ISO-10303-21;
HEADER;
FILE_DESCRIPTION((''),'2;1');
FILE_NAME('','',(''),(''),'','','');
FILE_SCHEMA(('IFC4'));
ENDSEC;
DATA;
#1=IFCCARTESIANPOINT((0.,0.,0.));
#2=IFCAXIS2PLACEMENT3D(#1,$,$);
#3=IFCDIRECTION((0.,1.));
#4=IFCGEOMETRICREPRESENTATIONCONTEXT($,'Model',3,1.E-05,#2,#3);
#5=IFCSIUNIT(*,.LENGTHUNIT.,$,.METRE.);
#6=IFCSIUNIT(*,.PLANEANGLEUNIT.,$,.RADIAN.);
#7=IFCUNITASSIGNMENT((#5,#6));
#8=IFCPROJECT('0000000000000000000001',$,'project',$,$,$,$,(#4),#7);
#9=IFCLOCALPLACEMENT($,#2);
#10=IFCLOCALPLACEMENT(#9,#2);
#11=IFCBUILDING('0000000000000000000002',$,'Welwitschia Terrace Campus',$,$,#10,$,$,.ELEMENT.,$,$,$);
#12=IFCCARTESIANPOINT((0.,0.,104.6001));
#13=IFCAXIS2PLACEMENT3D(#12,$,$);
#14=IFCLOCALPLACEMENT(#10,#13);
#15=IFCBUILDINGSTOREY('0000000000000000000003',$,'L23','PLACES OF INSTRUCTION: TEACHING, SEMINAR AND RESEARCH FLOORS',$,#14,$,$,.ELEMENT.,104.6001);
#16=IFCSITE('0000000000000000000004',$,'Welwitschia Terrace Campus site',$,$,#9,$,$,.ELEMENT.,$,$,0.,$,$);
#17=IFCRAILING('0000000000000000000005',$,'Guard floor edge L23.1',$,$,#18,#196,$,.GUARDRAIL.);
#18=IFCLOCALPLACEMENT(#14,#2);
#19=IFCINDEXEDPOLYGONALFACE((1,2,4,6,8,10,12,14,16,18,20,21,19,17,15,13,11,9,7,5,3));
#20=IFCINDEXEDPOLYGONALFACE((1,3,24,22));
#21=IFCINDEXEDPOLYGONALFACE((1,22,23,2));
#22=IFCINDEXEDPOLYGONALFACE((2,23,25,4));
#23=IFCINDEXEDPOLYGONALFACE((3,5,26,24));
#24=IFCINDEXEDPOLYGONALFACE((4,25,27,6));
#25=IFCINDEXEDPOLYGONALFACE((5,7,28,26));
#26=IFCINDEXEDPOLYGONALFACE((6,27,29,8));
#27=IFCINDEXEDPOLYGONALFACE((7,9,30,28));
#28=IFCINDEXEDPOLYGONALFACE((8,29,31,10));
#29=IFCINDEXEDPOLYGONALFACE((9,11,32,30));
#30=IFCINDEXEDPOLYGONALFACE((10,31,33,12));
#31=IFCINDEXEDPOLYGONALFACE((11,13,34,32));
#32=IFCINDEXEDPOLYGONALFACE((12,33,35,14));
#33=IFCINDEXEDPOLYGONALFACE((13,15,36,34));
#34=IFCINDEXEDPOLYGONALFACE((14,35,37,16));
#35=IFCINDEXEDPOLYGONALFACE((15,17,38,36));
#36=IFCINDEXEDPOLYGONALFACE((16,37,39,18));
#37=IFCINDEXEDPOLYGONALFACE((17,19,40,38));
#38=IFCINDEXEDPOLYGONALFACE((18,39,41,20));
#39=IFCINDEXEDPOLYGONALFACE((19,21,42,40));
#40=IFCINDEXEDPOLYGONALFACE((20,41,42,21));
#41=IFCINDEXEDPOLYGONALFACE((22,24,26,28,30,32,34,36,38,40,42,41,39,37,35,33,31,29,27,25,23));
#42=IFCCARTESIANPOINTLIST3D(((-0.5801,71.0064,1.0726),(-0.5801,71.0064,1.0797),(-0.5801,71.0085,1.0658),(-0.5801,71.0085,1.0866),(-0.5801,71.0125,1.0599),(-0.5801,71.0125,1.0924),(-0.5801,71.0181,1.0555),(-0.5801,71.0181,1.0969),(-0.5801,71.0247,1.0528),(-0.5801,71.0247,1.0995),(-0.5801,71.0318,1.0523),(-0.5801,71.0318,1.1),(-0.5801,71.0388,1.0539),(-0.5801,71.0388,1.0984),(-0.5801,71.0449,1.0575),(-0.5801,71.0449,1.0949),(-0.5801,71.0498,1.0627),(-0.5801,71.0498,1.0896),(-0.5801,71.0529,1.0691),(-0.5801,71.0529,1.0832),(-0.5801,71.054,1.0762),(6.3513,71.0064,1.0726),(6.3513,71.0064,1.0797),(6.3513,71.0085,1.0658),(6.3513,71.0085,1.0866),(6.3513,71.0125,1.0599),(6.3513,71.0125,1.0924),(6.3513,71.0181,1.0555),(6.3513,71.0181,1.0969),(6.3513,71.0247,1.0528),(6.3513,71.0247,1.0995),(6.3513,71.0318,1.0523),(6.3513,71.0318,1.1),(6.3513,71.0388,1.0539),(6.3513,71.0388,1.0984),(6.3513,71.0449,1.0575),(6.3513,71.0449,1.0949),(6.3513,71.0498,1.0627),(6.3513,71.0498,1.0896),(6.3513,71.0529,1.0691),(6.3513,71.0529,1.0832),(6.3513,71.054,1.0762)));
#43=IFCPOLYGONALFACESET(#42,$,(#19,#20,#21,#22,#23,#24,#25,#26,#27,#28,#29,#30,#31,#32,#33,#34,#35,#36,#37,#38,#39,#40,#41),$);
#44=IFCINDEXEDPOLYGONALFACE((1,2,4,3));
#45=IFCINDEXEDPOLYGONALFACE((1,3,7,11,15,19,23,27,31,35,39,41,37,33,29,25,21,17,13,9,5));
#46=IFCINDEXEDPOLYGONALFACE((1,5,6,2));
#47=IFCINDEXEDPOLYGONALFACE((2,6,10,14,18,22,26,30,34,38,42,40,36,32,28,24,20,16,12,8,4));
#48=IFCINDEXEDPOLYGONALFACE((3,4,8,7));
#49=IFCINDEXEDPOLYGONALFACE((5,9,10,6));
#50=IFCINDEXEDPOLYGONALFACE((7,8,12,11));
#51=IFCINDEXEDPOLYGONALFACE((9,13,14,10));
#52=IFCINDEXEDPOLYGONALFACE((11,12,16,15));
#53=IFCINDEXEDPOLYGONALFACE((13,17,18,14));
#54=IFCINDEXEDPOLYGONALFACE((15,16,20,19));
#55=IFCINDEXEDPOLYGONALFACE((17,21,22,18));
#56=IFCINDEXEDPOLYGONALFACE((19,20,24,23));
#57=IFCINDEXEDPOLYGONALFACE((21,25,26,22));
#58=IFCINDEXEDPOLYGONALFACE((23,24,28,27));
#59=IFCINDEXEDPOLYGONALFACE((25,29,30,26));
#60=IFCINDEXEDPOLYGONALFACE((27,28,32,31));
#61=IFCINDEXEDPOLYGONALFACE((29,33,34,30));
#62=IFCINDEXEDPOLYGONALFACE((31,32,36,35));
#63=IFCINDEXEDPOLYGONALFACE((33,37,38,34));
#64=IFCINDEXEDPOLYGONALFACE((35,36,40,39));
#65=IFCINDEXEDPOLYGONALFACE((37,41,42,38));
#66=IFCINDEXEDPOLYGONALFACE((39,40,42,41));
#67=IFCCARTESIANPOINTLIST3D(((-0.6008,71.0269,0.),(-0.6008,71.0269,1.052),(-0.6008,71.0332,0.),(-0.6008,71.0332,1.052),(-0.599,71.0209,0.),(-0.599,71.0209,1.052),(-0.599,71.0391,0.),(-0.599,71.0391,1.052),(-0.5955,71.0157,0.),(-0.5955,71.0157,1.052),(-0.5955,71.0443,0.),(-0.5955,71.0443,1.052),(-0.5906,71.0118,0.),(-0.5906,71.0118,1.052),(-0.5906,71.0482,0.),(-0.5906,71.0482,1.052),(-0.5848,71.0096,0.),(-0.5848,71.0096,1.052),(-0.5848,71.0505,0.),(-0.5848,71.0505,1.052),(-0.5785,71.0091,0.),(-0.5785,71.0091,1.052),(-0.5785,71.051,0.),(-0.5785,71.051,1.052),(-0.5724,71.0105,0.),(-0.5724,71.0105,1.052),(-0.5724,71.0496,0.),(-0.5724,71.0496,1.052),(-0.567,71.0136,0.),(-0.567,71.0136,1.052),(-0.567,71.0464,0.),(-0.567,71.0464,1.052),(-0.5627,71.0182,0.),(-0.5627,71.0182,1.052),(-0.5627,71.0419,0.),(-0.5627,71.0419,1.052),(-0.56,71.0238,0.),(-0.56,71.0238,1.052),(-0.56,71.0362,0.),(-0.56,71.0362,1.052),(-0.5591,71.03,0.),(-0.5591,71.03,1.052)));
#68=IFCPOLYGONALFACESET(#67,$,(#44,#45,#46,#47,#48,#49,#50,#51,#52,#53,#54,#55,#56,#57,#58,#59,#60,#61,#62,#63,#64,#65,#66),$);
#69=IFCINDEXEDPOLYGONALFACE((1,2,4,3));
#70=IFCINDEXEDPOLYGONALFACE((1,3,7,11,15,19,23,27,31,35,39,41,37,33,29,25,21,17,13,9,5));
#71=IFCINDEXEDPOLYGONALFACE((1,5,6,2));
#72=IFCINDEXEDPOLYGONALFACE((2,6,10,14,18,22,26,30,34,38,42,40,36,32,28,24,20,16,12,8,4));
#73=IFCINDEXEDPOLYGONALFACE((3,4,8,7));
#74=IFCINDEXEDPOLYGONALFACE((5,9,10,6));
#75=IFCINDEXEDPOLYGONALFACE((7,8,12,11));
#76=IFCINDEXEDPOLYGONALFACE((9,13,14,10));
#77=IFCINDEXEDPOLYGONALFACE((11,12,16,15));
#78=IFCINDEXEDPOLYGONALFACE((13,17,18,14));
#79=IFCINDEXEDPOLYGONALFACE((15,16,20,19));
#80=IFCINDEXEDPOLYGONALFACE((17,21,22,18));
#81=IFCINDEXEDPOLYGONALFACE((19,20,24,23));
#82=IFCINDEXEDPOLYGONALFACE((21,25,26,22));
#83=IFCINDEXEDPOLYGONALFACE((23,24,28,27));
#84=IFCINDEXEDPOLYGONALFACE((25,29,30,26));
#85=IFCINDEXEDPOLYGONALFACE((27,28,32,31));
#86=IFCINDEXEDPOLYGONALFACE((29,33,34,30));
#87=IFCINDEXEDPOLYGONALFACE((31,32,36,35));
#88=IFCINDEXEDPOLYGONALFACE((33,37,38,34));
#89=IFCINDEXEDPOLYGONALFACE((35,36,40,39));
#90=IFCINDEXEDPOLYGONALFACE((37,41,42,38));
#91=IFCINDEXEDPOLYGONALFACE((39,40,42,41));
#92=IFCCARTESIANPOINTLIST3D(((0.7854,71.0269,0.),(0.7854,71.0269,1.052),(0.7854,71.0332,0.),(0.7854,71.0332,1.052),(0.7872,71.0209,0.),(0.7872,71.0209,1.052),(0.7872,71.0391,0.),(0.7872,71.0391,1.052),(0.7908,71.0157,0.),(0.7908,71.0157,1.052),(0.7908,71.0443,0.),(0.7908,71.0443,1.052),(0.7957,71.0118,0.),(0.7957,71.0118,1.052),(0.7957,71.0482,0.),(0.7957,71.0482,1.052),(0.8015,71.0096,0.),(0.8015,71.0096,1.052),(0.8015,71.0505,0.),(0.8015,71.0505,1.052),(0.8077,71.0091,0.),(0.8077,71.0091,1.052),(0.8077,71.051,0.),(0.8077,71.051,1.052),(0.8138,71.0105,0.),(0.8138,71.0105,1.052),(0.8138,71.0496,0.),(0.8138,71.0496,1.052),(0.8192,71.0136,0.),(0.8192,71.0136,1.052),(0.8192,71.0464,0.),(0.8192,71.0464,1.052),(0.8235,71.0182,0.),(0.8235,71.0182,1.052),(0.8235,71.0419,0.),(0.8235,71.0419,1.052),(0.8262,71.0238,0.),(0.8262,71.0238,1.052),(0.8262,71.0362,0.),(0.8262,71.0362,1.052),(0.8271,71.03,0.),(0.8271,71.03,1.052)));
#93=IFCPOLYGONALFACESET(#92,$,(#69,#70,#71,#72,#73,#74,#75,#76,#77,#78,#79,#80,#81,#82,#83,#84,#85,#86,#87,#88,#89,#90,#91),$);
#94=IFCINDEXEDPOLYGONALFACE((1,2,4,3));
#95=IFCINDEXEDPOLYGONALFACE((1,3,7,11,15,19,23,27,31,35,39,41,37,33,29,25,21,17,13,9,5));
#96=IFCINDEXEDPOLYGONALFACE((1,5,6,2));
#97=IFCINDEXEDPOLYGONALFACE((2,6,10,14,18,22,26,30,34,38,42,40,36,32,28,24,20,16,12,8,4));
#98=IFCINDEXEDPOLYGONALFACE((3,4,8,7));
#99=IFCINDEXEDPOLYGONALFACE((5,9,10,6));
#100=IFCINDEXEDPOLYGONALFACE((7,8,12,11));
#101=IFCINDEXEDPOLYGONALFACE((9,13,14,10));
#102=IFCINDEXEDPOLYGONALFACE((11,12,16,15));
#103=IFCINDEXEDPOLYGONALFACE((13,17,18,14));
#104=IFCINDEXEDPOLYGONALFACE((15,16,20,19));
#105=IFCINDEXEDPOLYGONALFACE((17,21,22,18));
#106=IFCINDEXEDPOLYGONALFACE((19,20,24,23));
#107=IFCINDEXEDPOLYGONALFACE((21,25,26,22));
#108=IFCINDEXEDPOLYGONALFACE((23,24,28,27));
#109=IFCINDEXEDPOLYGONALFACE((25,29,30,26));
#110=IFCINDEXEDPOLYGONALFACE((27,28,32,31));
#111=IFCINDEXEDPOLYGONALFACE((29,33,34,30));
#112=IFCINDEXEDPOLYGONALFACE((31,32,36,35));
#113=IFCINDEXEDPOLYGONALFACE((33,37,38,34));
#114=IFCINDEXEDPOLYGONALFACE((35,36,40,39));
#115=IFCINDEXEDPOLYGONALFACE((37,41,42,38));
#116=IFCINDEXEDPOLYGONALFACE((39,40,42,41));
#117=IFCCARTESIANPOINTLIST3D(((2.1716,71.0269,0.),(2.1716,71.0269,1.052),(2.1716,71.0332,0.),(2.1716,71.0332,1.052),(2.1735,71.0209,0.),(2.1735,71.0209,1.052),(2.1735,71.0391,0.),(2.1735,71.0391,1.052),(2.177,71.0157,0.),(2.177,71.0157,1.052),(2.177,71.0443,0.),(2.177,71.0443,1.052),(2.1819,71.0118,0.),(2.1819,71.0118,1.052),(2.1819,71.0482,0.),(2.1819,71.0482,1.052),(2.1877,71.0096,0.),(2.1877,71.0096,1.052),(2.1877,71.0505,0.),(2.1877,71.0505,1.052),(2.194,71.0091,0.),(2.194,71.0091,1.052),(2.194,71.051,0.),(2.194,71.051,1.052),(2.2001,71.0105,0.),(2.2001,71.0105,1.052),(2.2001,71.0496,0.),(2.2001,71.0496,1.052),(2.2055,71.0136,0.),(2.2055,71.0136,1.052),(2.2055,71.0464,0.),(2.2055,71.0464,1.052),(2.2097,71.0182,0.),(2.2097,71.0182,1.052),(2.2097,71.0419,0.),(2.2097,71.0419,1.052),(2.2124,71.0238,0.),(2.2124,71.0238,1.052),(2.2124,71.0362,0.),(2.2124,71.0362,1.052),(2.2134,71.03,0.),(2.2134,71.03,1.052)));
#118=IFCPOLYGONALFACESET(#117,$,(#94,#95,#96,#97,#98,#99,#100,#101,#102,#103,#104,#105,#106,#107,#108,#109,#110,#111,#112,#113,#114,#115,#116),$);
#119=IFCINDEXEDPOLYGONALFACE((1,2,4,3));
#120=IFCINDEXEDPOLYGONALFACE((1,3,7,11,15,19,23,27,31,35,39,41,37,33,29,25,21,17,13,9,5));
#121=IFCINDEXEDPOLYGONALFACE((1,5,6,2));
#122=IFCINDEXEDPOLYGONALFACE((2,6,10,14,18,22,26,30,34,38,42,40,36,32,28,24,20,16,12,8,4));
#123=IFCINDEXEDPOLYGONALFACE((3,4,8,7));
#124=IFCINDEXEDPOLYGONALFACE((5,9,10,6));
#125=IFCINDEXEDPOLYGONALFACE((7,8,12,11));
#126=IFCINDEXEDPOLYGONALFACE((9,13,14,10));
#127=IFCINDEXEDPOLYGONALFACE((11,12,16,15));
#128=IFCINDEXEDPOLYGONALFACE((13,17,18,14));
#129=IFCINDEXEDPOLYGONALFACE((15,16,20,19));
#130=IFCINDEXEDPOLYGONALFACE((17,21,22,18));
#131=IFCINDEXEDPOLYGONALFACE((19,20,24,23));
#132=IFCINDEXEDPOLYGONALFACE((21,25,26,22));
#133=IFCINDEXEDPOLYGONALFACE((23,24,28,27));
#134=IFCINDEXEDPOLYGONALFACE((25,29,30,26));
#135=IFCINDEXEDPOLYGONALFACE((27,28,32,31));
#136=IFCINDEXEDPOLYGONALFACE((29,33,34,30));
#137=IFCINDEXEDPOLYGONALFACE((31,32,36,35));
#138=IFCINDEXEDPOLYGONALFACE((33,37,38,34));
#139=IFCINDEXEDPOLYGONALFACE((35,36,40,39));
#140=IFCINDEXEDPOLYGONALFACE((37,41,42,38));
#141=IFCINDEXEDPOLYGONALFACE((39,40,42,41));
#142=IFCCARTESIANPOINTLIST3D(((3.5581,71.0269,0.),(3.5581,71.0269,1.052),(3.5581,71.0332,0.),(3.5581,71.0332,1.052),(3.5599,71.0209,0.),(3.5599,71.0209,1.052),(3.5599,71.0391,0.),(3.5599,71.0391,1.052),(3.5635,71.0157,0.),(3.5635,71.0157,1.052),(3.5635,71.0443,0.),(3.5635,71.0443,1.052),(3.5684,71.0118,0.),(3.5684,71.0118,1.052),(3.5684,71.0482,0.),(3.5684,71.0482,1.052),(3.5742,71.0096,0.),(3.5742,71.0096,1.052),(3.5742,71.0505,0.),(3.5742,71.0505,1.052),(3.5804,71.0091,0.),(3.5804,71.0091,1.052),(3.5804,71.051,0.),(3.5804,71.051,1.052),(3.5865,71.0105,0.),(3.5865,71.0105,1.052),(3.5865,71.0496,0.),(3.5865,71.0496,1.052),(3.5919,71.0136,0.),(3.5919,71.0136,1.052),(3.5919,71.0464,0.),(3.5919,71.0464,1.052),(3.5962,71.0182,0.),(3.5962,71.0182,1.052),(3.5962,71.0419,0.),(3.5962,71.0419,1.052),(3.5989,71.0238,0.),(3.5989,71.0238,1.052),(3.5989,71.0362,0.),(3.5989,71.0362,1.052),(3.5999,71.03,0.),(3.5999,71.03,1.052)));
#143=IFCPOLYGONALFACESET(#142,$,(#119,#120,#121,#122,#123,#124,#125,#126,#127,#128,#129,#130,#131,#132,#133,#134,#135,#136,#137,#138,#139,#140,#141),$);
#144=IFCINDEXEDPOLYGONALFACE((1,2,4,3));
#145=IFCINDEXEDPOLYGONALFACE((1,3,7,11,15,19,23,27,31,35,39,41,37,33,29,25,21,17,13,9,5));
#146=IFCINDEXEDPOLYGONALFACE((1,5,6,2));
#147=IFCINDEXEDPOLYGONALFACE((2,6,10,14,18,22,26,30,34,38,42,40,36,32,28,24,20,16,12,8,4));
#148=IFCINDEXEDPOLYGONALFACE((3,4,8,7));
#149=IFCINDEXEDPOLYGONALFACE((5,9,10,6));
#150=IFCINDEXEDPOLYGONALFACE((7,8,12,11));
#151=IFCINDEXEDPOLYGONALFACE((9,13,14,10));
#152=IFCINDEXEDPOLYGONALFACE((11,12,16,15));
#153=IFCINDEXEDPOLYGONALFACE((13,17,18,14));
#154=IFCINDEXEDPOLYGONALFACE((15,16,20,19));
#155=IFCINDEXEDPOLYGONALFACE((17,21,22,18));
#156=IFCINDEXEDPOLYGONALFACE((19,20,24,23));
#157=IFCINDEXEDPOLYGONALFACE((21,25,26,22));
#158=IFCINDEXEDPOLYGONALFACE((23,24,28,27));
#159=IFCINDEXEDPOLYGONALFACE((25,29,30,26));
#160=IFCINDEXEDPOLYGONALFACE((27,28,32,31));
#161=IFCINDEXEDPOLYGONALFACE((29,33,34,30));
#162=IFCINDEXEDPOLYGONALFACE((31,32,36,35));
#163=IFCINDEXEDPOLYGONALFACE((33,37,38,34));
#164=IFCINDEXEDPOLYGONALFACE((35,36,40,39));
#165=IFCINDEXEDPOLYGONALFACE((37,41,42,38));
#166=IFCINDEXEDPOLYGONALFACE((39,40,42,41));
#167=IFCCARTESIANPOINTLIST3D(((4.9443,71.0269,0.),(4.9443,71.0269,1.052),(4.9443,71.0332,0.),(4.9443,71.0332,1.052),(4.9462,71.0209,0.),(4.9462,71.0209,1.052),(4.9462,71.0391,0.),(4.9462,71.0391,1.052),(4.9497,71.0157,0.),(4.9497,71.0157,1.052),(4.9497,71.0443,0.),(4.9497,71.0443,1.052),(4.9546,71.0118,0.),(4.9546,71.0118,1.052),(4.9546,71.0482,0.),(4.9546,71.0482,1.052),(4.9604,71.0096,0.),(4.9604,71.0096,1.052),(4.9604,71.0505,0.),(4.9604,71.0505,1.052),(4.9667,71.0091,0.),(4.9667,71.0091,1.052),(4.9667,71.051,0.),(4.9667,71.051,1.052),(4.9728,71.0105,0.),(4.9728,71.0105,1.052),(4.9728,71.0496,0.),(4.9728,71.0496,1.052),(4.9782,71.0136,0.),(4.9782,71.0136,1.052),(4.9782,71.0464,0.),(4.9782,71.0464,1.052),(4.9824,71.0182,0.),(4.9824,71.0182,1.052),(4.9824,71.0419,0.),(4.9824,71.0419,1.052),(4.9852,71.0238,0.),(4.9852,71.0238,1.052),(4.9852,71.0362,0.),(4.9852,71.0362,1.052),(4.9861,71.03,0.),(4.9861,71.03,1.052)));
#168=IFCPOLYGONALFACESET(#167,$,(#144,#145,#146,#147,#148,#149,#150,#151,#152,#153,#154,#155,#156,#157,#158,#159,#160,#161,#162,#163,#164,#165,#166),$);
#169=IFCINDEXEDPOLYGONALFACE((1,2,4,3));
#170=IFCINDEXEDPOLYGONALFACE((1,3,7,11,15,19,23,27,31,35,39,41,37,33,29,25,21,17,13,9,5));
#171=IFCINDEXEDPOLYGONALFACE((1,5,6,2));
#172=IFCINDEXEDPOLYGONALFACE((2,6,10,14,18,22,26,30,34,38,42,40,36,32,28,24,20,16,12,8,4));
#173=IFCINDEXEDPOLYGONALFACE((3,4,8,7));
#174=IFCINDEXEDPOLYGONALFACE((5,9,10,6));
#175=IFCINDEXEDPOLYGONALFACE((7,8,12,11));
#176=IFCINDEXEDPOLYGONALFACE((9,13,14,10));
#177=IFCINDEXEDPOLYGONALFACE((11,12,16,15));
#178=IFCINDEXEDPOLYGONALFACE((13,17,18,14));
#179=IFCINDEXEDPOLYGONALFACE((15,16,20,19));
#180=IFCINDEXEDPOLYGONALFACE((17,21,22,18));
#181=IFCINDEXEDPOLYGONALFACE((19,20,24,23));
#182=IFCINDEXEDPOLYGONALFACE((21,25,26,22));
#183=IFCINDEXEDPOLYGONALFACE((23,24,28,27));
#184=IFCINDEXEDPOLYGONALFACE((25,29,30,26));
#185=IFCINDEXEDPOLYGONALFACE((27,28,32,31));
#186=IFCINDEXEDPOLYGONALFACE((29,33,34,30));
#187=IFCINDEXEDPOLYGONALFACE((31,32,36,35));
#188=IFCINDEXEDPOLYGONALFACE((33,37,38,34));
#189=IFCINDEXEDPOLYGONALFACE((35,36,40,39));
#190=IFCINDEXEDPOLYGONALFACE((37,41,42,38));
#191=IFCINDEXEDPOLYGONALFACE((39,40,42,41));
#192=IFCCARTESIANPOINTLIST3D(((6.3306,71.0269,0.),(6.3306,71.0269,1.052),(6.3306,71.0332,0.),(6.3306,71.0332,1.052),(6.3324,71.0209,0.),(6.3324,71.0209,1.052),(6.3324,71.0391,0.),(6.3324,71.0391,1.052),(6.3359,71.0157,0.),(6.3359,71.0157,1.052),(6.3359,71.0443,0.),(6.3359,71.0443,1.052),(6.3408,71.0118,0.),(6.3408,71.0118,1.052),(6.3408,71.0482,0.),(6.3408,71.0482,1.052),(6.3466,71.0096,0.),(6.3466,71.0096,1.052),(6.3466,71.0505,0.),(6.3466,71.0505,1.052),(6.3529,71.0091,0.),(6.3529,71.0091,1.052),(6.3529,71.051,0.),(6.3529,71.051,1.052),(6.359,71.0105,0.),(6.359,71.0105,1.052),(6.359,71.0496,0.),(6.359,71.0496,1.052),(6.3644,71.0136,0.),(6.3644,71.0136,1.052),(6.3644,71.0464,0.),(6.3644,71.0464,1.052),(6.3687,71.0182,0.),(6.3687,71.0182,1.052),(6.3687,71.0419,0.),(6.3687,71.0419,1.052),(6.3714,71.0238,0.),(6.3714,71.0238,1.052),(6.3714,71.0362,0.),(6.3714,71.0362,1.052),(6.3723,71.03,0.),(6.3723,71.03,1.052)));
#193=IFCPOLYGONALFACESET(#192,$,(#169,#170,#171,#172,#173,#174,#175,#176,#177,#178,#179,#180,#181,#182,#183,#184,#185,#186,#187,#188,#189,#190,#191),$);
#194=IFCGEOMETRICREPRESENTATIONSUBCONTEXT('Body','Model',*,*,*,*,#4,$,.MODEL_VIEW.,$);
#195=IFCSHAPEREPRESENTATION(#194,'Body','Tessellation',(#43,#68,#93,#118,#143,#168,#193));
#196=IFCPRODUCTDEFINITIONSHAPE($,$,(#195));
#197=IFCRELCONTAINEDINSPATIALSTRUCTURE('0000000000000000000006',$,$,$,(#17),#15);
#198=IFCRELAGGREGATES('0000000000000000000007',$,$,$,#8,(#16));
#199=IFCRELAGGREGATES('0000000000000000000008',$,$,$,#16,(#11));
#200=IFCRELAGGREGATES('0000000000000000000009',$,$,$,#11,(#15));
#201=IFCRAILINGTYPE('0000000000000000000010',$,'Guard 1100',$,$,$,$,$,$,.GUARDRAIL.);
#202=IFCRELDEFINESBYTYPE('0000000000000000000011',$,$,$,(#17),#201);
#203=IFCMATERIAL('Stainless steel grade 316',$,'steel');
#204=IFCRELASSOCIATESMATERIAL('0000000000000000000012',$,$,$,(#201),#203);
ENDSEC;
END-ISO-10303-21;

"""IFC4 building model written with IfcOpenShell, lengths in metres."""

from ifc_helpers import new_model, si_unit, direction, frame, origin, origin_2d, place, context, subcontext, project, spatial, circle, extrude, material, type_object, element, save


model = new_model("IFC4")

# Units and contexts
model_context = context("Model", 3, precision=1e-05, world=origin(), true_north=direction((0.0, 1.0)))
body_context = subcontext(model_context, "Body", "Model", "MODEL_VIEW")
ifc_project = project(units=[si_unit("LENGTHUNIT", "METRE"), si_unit("PLANEANGLEUNIT", "RADIAN")], contexts=[model_context])

# Site, building, storey
site_placement = place(None, origin())
site = spatial("IfcSite", under=ifc_project, at=site_placement, Name="Welwitschia Terrace Campus site", CompositionType="ELEMENT", RefElevation=0.0)
building_placement = place(site_placement, origin())
building = spatial("IfcBuilding", under=site, at=building_placement, Name="Welwitschia Terrace Campus", CompositionType="ELEMENT")
storey_placement = place(building_placement, frame((0.0, 0.0, 104.6001)))
storey = spatial("IfcBuildingStorey", under=building, at=storey_placement, Name="L23", Description="PLACES OF INSTRUCTION: TEACHING, SEMINAR AND RESEARCH FLOORS", CompositionType="ELEMENT", Elevation=104.6001)

# Railing
ifc_material_1 = material(Name="Stainless steel grade 316", Category="steel")
railing_type = type_object("IfcRailingType", Name="Guard 1100", PredefinedType="GUARDRAIL", material=ifc_material_1)
railing_1_placement = place(storey_placement, frame((-0.5801, 71.03, 0.0)))
element("IfcRailing", 1, at=railing_1_placement, inside=storey, type_object=railing_type, Name="Guard floor edge L23.1", PredefinedType="GUARDRAIL", context=body_context, shape_type="SweptSolid", body=[
    extrude(circle(Radius=0.0239, at=origin_2d()), frame((0.0, 0.0, 1.0762), z_axis=(1.0, 0.0, 0.0), x_axis=(0.0, 1.0, 0.0)), (0.0, 0.0, 1.0), 6.9314),
    extrude(circle(Radius=0.021, at=origin_2d()), origin(), (0.0, 0.0, 1.0), 1.052),
    extrude(circle(Radius=0.021, at=origin_2d()), frame((1.3862, 0.0, 0.0)), (0.0, 0.0, 1.0), 1.052),
    extrude(circle(Radius=0.021, at=origin_2d()), frame((2.7725, 0.0, 0.0)), (0.0, 0.0, 1.0), 1.052),
    extrude(circle(Radius=0.021, at=origin_2d()), frame((4.1589, 0.0, 0.0)), (0.0, 0.0, 1.0), 1.052),
    extrude(circle(Radius=0.021, at=origin_2d()), frame((5.5452, 0.0, 0.0)), (0.0, 0.0, 1.0), 1.052),
    extrude(circle(Radius=0.021, at=origin_2d()), frame((6.9314, 0.0, 0.0)), (0.0, 0.0, 1.0), 1.052),
])

save(model, "model.ifc")
